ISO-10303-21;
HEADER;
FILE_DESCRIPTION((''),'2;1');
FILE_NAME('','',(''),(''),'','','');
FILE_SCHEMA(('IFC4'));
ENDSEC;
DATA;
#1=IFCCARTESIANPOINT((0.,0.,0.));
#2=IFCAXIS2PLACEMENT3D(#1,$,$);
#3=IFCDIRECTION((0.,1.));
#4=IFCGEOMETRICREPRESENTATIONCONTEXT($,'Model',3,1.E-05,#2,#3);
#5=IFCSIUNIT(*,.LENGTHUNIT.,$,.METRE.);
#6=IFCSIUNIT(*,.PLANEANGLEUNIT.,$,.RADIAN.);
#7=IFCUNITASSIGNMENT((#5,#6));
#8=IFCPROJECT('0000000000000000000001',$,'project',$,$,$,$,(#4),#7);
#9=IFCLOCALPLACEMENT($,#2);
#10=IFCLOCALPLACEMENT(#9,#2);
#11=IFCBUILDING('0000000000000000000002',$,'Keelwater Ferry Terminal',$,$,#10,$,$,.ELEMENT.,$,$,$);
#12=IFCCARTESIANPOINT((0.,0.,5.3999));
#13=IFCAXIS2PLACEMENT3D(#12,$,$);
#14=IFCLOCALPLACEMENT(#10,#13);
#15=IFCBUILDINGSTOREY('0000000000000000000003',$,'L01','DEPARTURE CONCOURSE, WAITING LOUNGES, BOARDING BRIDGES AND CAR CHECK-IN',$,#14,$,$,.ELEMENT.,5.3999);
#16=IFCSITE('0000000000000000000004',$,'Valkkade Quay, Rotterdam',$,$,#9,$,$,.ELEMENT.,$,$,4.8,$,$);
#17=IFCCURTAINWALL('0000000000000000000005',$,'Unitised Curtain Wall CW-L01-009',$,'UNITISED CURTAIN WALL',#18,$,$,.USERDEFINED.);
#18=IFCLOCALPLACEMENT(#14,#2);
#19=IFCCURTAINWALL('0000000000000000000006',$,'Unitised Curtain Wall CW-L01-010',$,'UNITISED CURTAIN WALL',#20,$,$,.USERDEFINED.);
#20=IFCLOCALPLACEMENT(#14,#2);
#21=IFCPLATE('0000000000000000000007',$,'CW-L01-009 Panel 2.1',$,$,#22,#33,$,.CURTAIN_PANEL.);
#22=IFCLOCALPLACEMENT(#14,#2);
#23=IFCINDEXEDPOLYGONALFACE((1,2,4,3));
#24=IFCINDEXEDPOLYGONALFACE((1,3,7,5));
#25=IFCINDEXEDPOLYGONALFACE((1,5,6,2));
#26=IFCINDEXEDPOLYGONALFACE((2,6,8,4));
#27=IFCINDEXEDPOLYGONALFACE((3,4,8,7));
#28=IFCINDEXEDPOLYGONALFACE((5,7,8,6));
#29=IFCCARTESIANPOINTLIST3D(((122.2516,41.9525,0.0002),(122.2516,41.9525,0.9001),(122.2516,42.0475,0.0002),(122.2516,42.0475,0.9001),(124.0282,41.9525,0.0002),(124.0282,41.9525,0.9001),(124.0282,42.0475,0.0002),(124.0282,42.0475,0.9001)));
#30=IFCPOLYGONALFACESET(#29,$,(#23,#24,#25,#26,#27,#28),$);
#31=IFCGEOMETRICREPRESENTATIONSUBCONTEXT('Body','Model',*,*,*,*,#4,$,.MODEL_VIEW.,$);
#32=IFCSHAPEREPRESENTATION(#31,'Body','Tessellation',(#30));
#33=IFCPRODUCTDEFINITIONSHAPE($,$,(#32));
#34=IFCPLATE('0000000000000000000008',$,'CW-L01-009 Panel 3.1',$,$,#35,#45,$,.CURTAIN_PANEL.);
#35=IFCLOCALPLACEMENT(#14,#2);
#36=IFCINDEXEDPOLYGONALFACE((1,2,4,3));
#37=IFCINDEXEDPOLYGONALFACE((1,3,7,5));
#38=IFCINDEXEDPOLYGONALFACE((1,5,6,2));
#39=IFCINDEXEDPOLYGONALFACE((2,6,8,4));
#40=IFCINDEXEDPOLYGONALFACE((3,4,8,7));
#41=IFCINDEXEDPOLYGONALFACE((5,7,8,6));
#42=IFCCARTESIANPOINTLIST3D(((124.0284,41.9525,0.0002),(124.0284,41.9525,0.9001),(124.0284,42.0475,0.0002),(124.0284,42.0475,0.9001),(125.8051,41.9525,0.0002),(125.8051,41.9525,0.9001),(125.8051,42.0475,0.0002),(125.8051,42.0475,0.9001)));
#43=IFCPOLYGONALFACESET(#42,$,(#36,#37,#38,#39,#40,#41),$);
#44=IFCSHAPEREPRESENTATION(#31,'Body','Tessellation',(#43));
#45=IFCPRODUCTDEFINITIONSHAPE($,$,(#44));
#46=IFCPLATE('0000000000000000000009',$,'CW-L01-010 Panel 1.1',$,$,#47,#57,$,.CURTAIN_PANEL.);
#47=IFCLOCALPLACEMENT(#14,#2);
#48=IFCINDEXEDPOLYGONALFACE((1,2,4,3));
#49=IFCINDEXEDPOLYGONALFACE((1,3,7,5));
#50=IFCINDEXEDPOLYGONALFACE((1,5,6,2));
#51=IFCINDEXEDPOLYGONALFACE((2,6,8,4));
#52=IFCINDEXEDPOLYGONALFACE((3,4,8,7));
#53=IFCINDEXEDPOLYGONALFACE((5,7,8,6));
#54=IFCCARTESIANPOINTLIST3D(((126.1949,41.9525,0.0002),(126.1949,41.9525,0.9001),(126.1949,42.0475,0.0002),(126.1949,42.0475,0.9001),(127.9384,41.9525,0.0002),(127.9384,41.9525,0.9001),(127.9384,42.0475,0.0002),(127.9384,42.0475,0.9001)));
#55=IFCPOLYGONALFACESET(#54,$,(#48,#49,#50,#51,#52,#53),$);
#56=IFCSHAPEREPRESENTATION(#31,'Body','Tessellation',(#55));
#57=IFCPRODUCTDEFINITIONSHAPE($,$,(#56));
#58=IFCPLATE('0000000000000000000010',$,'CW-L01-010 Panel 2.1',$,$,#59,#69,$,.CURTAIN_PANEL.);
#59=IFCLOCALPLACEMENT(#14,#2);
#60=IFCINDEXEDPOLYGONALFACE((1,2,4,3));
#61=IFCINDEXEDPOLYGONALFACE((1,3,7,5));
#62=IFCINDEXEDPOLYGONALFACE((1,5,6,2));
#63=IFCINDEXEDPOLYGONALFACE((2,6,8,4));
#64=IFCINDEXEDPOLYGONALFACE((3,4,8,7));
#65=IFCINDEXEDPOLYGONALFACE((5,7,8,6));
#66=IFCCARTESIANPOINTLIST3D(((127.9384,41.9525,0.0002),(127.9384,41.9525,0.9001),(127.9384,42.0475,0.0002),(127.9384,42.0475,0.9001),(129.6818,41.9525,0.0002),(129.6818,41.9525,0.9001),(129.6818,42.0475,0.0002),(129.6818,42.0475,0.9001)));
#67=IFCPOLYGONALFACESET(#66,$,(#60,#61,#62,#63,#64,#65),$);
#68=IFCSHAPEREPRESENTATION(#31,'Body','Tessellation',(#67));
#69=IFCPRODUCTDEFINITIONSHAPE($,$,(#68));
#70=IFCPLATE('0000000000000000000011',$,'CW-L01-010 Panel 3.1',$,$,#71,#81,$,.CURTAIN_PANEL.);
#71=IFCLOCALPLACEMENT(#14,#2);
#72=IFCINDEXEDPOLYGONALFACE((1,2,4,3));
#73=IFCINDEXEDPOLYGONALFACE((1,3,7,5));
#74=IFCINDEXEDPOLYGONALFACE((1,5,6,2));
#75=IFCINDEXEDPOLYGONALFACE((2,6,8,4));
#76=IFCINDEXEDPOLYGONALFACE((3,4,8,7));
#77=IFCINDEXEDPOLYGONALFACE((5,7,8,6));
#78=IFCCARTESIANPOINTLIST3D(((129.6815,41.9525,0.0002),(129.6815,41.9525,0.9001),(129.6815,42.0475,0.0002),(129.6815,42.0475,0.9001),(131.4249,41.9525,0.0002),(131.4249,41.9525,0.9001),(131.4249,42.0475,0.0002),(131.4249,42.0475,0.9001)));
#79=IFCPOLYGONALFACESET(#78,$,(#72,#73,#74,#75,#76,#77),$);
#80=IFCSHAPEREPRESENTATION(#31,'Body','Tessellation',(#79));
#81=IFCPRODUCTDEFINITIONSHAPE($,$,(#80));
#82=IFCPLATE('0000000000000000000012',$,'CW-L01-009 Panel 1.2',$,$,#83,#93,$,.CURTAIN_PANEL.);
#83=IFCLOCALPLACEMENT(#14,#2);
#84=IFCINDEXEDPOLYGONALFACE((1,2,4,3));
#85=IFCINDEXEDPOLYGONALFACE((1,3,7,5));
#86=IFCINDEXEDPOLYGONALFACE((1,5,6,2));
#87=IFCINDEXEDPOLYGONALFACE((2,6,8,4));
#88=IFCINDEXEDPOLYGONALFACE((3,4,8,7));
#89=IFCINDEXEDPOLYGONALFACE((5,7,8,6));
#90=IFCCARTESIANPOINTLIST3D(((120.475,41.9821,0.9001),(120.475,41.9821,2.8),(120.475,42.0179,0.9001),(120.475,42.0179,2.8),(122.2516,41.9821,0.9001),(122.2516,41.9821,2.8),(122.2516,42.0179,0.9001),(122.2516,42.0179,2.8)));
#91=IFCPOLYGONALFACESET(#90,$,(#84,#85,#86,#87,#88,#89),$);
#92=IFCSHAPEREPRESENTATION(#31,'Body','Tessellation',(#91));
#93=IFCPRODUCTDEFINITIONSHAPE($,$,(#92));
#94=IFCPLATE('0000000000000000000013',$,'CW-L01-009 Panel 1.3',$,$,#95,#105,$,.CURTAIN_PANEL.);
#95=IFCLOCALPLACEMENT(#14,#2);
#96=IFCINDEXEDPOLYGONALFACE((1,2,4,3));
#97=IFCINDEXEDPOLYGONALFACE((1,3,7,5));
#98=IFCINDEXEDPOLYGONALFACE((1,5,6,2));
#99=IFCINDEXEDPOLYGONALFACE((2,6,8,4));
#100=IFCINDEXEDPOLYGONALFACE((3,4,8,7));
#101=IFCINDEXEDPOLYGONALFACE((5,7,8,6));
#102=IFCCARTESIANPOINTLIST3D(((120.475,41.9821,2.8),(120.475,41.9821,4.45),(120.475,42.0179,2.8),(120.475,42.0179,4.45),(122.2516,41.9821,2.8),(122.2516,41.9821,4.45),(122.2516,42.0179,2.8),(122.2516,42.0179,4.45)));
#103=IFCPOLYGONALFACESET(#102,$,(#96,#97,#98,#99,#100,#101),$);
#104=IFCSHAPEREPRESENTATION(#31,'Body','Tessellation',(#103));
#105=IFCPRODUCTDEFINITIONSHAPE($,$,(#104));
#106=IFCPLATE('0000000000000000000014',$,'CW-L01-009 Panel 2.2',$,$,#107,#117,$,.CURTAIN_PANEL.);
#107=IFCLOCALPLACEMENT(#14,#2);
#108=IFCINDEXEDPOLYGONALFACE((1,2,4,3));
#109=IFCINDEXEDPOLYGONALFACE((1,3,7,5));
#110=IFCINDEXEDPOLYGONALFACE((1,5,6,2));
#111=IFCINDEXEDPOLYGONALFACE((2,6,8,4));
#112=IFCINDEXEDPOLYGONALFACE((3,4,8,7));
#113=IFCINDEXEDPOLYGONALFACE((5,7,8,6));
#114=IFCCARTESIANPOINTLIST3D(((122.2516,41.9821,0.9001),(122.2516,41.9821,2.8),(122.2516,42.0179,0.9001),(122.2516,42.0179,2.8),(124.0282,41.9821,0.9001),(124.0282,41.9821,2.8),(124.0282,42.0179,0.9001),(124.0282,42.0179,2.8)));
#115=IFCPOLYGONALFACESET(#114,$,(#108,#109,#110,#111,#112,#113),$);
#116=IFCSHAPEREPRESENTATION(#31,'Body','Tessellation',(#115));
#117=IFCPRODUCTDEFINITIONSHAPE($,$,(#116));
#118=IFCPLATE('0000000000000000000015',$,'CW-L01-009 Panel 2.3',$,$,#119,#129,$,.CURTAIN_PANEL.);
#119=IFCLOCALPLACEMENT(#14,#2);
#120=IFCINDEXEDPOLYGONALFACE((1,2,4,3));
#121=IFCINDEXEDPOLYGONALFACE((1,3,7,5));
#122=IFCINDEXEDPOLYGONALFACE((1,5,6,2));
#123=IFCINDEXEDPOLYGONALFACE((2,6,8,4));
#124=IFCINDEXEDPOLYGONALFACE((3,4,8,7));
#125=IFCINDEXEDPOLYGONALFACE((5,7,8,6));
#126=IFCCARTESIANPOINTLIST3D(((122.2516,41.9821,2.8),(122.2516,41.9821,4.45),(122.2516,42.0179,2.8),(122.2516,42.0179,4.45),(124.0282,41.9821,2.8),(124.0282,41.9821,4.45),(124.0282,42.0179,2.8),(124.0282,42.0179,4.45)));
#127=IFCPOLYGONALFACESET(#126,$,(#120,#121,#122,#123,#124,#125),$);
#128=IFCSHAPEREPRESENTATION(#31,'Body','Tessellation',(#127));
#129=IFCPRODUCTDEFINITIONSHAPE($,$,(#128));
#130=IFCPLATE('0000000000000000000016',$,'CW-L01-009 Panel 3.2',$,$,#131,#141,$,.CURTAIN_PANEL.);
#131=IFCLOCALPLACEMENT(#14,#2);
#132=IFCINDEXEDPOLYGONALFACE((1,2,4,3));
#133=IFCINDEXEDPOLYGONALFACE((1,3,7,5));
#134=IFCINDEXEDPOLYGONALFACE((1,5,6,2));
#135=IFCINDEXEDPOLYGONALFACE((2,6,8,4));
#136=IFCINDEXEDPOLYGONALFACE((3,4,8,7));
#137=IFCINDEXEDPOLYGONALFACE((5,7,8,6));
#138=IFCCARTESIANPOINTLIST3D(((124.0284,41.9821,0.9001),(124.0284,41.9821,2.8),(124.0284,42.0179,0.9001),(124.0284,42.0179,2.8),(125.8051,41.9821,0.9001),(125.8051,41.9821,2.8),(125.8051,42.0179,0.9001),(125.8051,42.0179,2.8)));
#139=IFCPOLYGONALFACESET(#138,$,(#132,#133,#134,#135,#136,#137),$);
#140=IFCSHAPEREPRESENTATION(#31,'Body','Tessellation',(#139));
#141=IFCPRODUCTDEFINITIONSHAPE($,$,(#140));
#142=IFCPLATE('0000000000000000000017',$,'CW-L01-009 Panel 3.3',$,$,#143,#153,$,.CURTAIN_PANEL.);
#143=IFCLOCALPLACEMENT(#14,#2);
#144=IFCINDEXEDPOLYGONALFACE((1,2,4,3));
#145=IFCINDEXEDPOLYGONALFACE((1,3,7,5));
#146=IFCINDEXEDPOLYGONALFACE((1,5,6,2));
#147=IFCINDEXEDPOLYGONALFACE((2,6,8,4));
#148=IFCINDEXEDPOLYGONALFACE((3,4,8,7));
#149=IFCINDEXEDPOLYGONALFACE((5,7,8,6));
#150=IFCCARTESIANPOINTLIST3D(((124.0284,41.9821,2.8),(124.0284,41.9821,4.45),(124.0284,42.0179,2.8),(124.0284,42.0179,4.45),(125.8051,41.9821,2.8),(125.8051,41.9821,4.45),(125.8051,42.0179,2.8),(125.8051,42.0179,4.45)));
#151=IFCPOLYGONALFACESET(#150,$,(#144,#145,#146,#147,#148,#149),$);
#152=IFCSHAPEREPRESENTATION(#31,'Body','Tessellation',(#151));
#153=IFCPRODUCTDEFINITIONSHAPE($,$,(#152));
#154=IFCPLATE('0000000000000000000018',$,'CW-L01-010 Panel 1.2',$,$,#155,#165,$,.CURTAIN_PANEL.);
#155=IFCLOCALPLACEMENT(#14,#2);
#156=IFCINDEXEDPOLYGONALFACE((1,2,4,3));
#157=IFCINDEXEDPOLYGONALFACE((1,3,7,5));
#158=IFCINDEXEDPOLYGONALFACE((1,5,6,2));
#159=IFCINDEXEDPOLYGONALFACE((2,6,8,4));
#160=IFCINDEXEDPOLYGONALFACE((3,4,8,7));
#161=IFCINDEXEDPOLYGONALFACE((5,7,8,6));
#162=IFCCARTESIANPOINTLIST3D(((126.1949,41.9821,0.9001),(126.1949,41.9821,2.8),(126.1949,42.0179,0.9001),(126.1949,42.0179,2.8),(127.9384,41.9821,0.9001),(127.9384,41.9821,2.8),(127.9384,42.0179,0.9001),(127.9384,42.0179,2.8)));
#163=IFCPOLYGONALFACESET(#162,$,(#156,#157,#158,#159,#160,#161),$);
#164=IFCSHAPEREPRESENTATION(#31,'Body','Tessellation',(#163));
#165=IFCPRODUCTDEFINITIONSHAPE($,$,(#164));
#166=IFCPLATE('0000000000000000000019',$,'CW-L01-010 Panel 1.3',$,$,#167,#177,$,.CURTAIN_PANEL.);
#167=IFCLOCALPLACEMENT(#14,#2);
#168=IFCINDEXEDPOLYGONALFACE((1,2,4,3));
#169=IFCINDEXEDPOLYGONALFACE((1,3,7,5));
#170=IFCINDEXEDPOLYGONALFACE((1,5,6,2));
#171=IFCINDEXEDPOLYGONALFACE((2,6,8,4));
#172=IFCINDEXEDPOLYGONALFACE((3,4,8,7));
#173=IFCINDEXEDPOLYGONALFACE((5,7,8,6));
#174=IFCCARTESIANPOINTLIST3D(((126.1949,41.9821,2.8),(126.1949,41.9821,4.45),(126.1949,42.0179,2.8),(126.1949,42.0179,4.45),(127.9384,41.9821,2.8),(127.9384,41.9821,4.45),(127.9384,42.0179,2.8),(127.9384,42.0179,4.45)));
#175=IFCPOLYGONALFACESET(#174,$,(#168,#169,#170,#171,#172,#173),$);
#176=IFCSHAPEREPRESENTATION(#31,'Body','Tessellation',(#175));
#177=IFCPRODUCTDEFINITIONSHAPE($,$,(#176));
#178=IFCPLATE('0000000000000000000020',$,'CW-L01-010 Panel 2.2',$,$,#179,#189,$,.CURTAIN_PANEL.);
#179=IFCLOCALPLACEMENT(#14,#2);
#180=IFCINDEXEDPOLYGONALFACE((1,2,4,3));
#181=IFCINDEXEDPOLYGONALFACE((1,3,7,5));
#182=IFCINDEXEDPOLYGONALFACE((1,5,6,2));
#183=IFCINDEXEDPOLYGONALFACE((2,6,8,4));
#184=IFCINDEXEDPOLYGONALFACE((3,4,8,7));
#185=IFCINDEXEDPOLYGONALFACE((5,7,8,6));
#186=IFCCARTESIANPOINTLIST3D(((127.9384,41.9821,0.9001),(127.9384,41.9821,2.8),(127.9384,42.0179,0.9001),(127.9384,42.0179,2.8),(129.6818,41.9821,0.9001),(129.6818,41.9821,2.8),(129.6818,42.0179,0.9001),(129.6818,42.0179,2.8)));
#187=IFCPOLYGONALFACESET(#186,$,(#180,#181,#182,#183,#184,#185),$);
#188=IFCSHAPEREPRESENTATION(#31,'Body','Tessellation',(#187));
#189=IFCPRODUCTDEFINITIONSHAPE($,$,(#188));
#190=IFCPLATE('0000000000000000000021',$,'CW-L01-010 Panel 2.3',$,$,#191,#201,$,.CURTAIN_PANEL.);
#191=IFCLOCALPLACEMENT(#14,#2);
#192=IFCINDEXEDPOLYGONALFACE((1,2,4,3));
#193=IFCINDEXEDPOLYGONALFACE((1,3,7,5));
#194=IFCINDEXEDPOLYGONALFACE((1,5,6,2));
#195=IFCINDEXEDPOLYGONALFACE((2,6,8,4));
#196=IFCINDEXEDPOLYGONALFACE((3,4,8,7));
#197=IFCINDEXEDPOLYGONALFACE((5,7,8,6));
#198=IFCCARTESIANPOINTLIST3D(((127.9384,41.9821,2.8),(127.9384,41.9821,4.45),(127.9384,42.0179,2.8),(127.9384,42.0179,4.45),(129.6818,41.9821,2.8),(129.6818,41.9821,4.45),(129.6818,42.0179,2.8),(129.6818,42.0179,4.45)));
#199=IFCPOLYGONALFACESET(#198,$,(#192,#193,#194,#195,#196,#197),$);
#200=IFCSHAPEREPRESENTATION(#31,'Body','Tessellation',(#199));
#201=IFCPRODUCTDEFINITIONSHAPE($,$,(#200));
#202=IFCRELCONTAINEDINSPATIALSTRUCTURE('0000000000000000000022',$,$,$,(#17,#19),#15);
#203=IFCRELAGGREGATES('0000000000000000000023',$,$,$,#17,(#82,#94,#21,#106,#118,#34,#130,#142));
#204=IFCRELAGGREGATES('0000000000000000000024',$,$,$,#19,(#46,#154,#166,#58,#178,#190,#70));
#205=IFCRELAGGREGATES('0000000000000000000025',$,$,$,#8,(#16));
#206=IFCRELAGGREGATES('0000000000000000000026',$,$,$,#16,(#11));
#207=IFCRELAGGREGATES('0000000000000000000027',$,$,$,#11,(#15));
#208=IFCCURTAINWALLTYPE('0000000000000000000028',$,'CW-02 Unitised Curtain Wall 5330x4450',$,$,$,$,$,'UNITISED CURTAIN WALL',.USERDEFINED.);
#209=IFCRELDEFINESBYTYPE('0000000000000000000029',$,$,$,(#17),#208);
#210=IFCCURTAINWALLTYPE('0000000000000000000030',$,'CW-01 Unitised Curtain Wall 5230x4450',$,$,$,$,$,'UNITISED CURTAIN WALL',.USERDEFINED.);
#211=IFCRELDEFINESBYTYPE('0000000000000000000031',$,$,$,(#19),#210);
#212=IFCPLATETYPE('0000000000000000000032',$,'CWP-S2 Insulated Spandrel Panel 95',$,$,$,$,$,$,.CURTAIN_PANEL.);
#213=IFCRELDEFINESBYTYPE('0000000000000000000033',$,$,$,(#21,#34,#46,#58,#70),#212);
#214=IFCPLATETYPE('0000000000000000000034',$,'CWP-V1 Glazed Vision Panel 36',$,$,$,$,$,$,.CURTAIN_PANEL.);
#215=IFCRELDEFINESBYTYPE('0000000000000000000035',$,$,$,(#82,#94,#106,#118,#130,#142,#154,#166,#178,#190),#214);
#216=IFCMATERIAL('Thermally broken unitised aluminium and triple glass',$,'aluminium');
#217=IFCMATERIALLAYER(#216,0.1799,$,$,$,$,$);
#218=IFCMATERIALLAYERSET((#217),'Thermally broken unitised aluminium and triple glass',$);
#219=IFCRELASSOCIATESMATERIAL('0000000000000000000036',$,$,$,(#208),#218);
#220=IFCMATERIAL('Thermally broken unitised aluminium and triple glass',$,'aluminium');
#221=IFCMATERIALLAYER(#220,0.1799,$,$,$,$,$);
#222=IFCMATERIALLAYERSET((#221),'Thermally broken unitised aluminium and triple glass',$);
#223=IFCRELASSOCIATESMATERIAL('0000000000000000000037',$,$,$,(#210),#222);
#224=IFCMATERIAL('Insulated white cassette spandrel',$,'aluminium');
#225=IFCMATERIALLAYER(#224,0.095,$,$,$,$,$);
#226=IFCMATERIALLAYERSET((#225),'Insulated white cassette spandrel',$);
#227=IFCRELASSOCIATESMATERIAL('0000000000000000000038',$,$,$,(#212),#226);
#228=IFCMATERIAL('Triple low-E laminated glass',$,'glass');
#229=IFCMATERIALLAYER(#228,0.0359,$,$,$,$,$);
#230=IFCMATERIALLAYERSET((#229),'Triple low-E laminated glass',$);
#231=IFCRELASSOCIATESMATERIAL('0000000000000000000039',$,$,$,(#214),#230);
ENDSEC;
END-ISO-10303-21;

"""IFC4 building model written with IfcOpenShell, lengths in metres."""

from ifc_helpers import new_model, si_unit, direction, frame, origin, origin_2d, place, context, subcontext, project, spatial, rectangle, extrude, material, layer, layer_set, type_object, element, aggregate, save


model = new_model("IFC4")

# Units and contexts
model_context = context("Model", 3, precision=1e-05, world=origin(), true_north=direction((0.0, 1.0)))
body_context = subcontext(model_context, "Body", "Model", "MODEL_VIEW")
ifc_project = project(units=[si_unit("LENGTHUNIT", "METRE"), si_unit("PLANEANGLEUNIT", "RADIAN")], contexts=[model_context])

# Site, building, storey
site_placement = place(None, origin())
site = spatial("IfcSite", under=ifc_project, at=site_placement, Name="Valkkade Quay, Rotterdam", CompositionType="ELEMENT", RefElevation=4.8)
building_placement = place(site_placement, origin())
building = spatial("IfcBuilding", under=site, at=building_placement, Name="Keelwater Ferry Terminal", CompositionType="ELEMENT")
storey_placement = place(building_placement, frame((0.0, 0.0, 5.3999)))
storey = spatial("IfcBuildingStorey", under=building, at=storey_placement, Name="L01", Description="DEPARTURE CONCOURSE, WAITING LOUNGES, BOARDING BRIDGES AND CAR CHECK-IN", CompositionType="ELEMENT", Elevation=5.3999)

# Curtain walls
ifc_material_1 = material(Name="Thermally broken unitised aluminium and triple glass", Category="aluminium")
ifc_layer_1 = layer(ifc_material_1, 0.1799)
ifc_layer_set_1 = layer_set([ifc_layer_1], Name="Thermally broken unitised aluminium and triple glass")
curtain_wall_type_1 = type_object("IfcCurtainWallType", Name="CW-02 Unitised Curtain Wall 5330x4450", ElementType="UNITISED CURTAIN WALL", PredefinedType="USERDEFINED", material=ifc_layer_set_1)
curtain_wall_1_placement = place(storey_placement, origin())
curtain_wall_1 = element("IfcCurtainWall", 1, at=curtain_wall_1_placement, inside=storey, type_object=curtain_wall_type_1, Name="Unitised Curtain Wall CW-L01-009", ObjectType="UNITISED CURTAIN WALL", PredefinedType="USERDEFINED")
ifc_material_2 = material(Name="Thermally broken unitised aluminium and triple glass", Category="aluminium")
ifc_layer_2 = layer(ifc_material_2, 0.1799)
ifc_layer_set_2 = layer_set([ifc_layer_2], Name="Thermally broken unitised aluminium and triple glass")
curtain_wall_type_2 = type_object("IfcCurtainWallType", Name="CW-01 Unitised Curtain Wall 5230x4450", ElementType="UNITISED CURTAIN WALL", PredefinedType="USERDEFINED", material=ifc_layer_set_2)
curtain_wall_2_placement = place(storey_placement, origin())
curtain_wall_2 = element("IfcCurtainWall", 2, at=curtain_wall_2_placement, inside=storey, type_object=curtain_wall_type_2, Name="Unitised Curtain Wall CW-L01-010", ObjectType="UNITISED CURTAIN WALL", PredefinedType="USERDEFINED")

# Plates
ifc_material_3 = material(Name="Insulated white cassette spandrel", Category="aluminium")
ifc_layer_3 = layer(ifc_material_3, 0.095)
ifc_layer_set_3 = layer_set([ifc_layer_3], Name="Insulated white cassette spandrel")
plate_type_1 = type_object("IfcPlateType", Name="CWP-S2 Insulated Spandrel Panel 95", PredefinedType="CURTAIN_PANEL", material=ifc_layer_set_3)
plate_1_placement = place(storey_placement, frame((123.1399, 42.0, 0.0002), z_axis=(0.0, 0.0, 1.0), x_axis=(1.0, 0.0, 0.0)))
plate_1 = element("IfcPlate", 3, at=plate_1_placement, type_object=plate_type_1, Name="CW-L01-009 Panel 2.1", PredefinedType="CURTAIN_PANEL", context=body_context, shape_type="SweptSolid", body=[
    extrude(rectangle(XDim=1.7766, YDim=0.095, at=origin_2d()), origin(), (0.0, 0.0, 1.0), 0.8999),
])
plate_2_placement = place(storey_placement, frame((124.9167, 42.0, 0.0002), z_axis=(0.0, 0.0, 1.0), x_axis=(1.0, 0.0, 0.0)))
plate_2 = element("IfcPlate", 4, at=plate_2_placement, type_object=plate_type_1, Name="CW-L01-009 Panel 3.1", PredefinedType="CURTAIN_PANEL", context=body_context, shape_type="SweptSolid", body=[
    extrude(rectangle(XDim=1.7766, YDim=0.095, at=origin_2d()), origin(), (0.0, 0.0, 1.0), 0.8999),
])
plate_3_placement = place(storey_placement, frame((127.0667, 42.0, 0.0002), z_axis=(0.0, 0.0, 1.0), x_axis=(1.0, 0.0, 0.0)))
plate_3 = element("IfcPlate", 5, at=plate_3_placement, type_object=plate_type_1, Name="CW-L01-010 Panel 1.1", PredefinedType="CURTAIN_PANEL", context=body_context, shape_type="SweptSolid", body=[
    extrude(rectangle(XDim=1.7434, YDim=0.095, at=origin_2d()), origin(), (0.0, 0.0, 1.0), 0.8999),
])
plate_4_placement = place(storey_placement, frame((128.8101, 42.0, 0.0002), z_axis=(0.0, 0.0, 1.0), x_axis=(1.0, 0.0, 0.0)))
plate_4 = element("IfcPlate", 6, at=plate_4_placement, type_object=plate_type_1, Name="CW-L01-010 Panel 2.1", PredefinedType="CURTAIN_PANEL", context=body_context, shape_type="SweptSolid", body=[
    extrude(rectangle(XDim=1.7434, YDim=0.095, at=origin_2d()), origin(), (0.0, 0.0, 1.0), 0.8999),
])
plate_5_placement = place(storey_placement, frame((130.5532, 42.0, 0.0002), z_axis=(0.0, 0.0, 1.0), x_axis=(1.0, 0.0, 0.0)))
plate_5 = element("IfcPlate", 7, at=plate_5_placement, type_object=plate_type_1, Name="CW-L01-010 Panel 3.1", PredefinedType="CURTAIN_PANEL", context=body_context, shape_type="SweptSolid", body=[
    extrude(rectangle(XDim=1.7434, YDim=0.095, at=origin_2d()), origin(), (0.0, 0.0, 1.0), 0.8999),
])
ifc_material_4 = material(Name="Triple low-E laminated glass", Category="glass")
ifc_layer_4 = layer(ifc_material_4, 0.0359)
ifc_layer_set_4 = layer_set([ifc_layer_4], Name="Triple low-E laminated glass")
plate_type_2 = type_object("IfcPlateType", Name="CWP-V1 Glazed Vision Panel 36", PredefinedType="CURTAIN_PANEL", material=ifc_layer_set_4)
plate_6_placement = place(storey_placement, frame((121.3633, 42.0, 0.9001), z_axis=(0.0, 0.0, 1.0), x_axis=(1.0, 0.0, 0.0)))
plate_6 = element("IfcPlate", 8, at=plate_6_placement, type_object=plate_type_2, Name="CW-L01-009 Panel 1.2", PredefinedType="CURTAIN_PANEL", context=body_context, shape_type="SweptSolid", body=[
    extrude(rectangle(XDim=1.7766, YDim=0.0359, at=origin_2d()), origin(), (0.0, 0.0, 1.0), 1.8999),
])
plate_7_placement = place(storey_placement, frame((121.3633, 42.0, 2.8), z_axis=(0.0, 0.0, 1.0), x_axis=(1.0, 0.0, 0.0)))
plate_7 = element("IfcPlate", 9, at=plate_7_placement, type_object=plate_type_2, Name="CW-L01-009 Panel 1.3", PredefinedType="CURTAIN_PANEL", context=body_context, shape_type="SweptSolid", body=[
    extrude(rectangle(XDim=1.7766, YDim=0.0359, at=origin_2d()), origin(), (0.0, 0.0, 1.0), 1.6499),
])
plate_8_placement = place(storey_placement, frame((123.1399, 42.0, 0.9001), z_axis=(0.0, 0.0, 1.0), x_axis=(1.0, 0.0, 0.0)))
plate_8 = element("IfcPlate", 10, at=plate_8_placement, type_object=plate_type_2, Name="CW-L01-009 Panel 2.2", PredefinedType="CURTAIN_PANEL", context=body_context, shape_type="SweptSolid", body=[
    extrude(rectangle(XDim=1.7766, YDim=0.0359, at=origin_2d()), origin(), (0.0, 0.0, 1.0), 1.8999),
])
plate_9_placement = place(storey_placement, frame((123.1399, 42.0, 2.8), z_axis=(0.0, 0.0, 1.0), x_axis=(1.0, 0.0, 0.0)))
plate_9 = element("IfcPlate", 11, at=plate_9_placement, type_object=plate_type_2, Name="CW-L01-009 Panel 2.3", PredefinedType="CURTAIN_PANEL", context=body_context, shape_type="SweptSolid", body=[
    extrude(rectangle(XDim=1.7766, YDim=0.0359, at=origin_2d()), origin(), (0.0, 0.0, 1.0), 1.6499),
])
plate_10_placement = place(storey_placement, frame((124.9167, 42.0, 0.9001), z_axis=(0.0, 0.0, 1.0), x_axis=(1.0, 0.0, 0.0)))
plate_10 = element("IfcPlate", 12, at=plate_10_placement, type_object=plate_type_2, Name="CW-L01-009 Panel 3.2", PredefinedType="CURTAIN_PANEL", context=body_context, shape_type="SweptSolid", body=[
    extrude(rectangle(XDim=1.7766, YDim=0.0359, at=origin_2d()), origin(), (0.0, 0.0, 1.0), 1.8999),
])
plate_11_placement = place(storey_placement, frame((124.9167, 42.0, 2.8), z_axis=(0.0, 0.0, 1.0), x_axis=(1.0, 0.0, 0.0)))
plate_11 = element("IfcPlate", 13, at=plate_11_placement, type_object=plate_type_2, Name="CW-L01-009 Panel 3.3", PredefinedType="CURTAIN_PANEL", context=body_context, shape_type="SweptSolid", body=[
    extrude(rectangle(XDim=1.7766, YDim=0.0359, at=origin_2d()), origin(), (0.0, 0.0, 1.0), 1.6499),
])
aggregate(curtain_wall_1, [plate_6, plate_7, plate_1, plate_8, plate_9, plate_2, plate_10, plate_11])
plate_12_placement = place(storey_placement, frame((127.0667, 42.0, 0.9001), z_axis=(0.0, 0.0, 1.0), x_axis=(1.0, 0.0, 0.0)))
plate_12 = element("IfcPlate", 14, at=plate_12_placement, type_object=plate_type_2, Name="CW-L01-010 Panel 1.2", PredefinedType="CURTAIN_PANEL", context=body_context, shape_type="SweptSolid", body=[
    extrude(rectangle(XDim=1.7434, YDim=0.0359, at=origin_2d()), origin(), (0.0, 0.0, 1.0), 1.8999),
])
plate_13_placement = place(storey_placement, frame((127.0667, 42.0, 2.8), z_axis=(0.0, 0.0, 1.0), x_axis=(1.0, 0.0, 0.0)))
plate_13 = element("IfcPlate", 15, at=plate_13_placement, type_object=plate_type_2, Name="CW-L01-010 Panel 1.3", PredefinedType="CURTAIN_PANEL", context=body_context, shape_type="SweptSolid", body=[
    extrude(rectangle(XDim=1.7434, YDim=0.0359, at=origin_2d()), origin(), (0.0, 0.0, 1.0), 1.6499),
])
plate_14_placement = place(storey_placement, frame((128.8101, 42.0, 0.9001), z_axis=(0.0, 0.0, 1.0), x_axis=(1.0, 0.0, 0.0)))
plate_14 = element("IfcPlate", 16, at=plate_14_placement, type_object=plate_type_2, Name="CW-L01-010 Panel 2.2", PredefinedType="CURTAIN_PANEL", context=body_context, shape_type="SweptSolid", body=[
    extrude(rectangle(XDim=1.7434, YDim=0.0359, at=origin_2d()), origin(), (0.0, 0.0, 1.0), 1.8999),
])
plate_15_placement = place(storey_placement, frame((128.8101, 42.0, 2.8), z_axis=(0.0, 0.0, 1.0), x_axis=(1.0, 0.0, 0.0)))
plate_15 = element("IfcPlate", 17, at=plate_15_placement, type_object=plate_type_2, Name="CW-L01-010 Panel 2.3", PredefinedType="CURTAIN_PANEL", context=body_context, shape_type="SweptSolid", body=[
    extrude(rectangle(XDim=1.7434, YDim=0.0359, at=origin_2d()), origin(), (0.0, 0.0, 1.0), 1.6499),
])
aggregate(curtain_wall_2, [plate_3, plate_12, plate_13, plate_4, plate_14, plate_15, plate_5])

save(model, "model.ifc")
